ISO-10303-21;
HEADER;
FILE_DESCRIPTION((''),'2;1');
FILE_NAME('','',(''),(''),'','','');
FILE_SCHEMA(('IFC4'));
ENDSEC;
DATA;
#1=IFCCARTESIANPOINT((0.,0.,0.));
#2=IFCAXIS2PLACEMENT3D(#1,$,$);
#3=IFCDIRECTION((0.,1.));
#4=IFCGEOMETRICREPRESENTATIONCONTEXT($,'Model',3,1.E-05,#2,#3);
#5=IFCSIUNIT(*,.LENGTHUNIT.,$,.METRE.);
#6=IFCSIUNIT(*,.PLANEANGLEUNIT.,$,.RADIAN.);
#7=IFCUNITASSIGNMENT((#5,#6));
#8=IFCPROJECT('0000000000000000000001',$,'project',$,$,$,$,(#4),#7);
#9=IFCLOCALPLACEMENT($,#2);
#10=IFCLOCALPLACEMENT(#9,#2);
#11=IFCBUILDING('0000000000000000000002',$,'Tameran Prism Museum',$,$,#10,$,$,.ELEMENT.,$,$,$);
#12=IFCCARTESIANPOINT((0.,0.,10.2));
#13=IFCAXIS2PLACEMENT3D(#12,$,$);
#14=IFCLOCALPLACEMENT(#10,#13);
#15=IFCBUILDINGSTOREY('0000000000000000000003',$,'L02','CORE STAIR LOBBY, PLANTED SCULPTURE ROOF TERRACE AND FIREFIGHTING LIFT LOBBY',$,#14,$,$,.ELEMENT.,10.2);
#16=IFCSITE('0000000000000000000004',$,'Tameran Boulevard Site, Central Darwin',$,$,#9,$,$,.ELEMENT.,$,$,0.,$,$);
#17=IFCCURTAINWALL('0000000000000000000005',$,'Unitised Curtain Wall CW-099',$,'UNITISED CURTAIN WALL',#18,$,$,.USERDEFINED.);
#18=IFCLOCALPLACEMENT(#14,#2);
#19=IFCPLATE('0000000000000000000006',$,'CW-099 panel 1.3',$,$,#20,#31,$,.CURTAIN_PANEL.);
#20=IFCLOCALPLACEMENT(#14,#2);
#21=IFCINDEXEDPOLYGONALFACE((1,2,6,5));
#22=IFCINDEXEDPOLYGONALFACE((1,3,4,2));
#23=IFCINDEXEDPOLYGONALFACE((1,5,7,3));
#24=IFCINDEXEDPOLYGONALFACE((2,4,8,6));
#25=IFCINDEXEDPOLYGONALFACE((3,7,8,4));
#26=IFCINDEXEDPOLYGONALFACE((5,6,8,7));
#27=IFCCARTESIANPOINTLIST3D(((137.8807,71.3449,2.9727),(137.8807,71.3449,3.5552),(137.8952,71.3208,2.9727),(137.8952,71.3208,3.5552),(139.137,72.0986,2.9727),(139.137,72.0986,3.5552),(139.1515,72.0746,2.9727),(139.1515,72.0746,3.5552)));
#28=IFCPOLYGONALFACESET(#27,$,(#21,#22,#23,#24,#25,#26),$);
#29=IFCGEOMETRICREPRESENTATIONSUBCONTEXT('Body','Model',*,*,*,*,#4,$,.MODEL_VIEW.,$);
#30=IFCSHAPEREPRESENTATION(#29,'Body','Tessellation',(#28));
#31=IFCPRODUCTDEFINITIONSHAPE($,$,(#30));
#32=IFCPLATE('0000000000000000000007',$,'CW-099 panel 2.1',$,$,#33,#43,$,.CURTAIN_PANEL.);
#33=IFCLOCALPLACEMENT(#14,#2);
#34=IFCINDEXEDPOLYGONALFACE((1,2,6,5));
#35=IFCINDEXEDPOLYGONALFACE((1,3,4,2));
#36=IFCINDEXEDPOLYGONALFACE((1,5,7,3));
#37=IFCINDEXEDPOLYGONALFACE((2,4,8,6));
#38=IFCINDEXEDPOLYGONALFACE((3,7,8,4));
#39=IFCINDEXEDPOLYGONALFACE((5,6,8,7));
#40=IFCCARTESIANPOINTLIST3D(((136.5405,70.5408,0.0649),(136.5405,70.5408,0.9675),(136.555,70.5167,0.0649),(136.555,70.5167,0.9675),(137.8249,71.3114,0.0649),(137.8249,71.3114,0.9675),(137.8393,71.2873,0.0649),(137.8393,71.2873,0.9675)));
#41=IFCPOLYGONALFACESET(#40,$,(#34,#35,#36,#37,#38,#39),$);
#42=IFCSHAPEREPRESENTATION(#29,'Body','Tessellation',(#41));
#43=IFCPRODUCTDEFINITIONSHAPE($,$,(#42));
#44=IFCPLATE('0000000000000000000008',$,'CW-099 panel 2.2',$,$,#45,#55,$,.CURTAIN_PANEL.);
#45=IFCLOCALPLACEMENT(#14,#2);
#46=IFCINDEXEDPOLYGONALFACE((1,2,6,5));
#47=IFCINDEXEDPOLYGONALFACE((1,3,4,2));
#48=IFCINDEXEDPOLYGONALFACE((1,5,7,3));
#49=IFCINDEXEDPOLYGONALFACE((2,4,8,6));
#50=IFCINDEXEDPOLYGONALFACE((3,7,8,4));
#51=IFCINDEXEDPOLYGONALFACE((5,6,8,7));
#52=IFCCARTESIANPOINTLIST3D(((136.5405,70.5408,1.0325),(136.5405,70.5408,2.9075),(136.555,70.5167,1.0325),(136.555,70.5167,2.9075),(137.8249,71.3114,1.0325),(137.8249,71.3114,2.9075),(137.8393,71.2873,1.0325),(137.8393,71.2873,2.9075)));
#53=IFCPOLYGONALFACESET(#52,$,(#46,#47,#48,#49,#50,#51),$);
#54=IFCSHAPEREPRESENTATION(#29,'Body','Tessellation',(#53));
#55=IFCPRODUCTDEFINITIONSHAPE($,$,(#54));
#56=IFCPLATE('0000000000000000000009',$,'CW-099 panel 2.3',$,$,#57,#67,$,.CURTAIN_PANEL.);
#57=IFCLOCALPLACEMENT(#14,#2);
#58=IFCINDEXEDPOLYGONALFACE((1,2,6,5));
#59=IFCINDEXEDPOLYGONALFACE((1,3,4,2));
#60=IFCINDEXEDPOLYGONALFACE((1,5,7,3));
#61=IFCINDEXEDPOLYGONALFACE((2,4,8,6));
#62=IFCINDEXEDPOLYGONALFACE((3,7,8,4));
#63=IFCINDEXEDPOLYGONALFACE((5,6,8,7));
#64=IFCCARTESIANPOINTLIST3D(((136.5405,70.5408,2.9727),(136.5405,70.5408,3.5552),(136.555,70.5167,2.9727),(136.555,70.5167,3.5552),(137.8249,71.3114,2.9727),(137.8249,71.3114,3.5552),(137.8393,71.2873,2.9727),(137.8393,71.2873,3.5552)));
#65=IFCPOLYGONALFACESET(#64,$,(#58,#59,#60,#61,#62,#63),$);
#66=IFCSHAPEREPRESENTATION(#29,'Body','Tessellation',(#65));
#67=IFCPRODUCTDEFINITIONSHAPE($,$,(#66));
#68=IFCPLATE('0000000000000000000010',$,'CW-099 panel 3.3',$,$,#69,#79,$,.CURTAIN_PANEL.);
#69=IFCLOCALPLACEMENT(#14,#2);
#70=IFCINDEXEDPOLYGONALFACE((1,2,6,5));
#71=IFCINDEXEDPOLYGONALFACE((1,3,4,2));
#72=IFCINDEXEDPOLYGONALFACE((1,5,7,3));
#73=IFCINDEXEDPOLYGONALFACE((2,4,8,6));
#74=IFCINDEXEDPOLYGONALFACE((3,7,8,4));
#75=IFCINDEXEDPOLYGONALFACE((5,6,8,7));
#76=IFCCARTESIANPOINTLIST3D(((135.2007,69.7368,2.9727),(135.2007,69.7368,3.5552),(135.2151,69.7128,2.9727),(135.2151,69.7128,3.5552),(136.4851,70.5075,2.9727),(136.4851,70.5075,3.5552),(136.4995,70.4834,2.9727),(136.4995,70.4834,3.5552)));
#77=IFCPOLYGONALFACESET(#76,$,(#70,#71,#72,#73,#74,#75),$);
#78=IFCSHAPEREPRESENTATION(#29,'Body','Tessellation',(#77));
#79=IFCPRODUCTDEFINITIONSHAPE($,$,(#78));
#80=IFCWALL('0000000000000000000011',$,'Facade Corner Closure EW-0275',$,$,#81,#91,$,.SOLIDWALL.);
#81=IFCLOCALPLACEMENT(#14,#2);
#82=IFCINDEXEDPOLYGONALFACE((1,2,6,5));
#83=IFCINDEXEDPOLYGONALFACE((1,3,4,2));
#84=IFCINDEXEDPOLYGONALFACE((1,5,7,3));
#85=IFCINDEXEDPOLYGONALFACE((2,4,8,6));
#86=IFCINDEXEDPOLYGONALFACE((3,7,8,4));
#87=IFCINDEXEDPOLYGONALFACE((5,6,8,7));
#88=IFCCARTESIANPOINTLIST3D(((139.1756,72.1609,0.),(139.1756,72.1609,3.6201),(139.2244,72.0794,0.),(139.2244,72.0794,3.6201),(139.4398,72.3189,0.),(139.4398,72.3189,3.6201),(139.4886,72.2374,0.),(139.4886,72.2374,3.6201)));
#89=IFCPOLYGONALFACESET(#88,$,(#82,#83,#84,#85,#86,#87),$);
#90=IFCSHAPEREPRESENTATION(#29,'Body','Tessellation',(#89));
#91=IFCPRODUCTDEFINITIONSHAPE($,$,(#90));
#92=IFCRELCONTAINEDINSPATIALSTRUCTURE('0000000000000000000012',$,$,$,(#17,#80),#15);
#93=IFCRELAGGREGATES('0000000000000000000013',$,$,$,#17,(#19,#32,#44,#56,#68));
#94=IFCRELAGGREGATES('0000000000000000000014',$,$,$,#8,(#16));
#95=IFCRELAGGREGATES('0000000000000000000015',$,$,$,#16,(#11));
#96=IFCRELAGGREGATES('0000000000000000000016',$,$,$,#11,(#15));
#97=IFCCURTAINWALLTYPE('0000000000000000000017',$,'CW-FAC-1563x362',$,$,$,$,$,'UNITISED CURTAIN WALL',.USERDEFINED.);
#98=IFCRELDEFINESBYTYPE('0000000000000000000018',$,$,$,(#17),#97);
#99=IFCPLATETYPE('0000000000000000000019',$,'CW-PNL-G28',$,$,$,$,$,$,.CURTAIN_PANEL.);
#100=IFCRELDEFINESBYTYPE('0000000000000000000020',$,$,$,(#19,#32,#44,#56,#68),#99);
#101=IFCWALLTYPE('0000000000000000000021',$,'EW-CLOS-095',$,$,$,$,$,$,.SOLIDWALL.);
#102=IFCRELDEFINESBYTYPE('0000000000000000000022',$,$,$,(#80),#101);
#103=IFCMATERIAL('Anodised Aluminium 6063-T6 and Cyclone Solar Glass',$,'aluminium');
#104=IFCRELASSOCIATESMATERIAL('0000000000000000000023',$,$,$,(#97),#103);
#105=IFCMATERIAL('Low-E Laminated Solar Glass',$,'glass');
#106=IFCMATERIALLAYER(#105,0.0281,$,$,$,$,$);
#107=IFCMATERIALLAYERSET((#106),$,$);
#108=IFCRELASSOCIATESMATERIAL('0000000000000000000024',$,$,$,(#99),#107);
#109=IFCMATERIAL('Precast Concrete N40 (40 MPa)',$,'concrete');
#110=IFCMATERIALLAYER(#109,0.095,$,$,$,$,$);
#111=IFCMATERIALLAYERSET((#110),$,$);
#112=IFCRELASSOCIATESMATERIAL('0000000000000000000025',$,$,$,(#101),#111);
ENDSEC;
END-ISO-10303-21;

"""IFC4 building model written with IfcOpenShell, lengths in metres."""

from ifc_helpers import new_model, si_unit, direction, frame, frame_2d, origin, origin_2d, place, context, subcontext, project, spatial, rectangle, extrude, material, layer, layer_set, type_object, element, aggregate, save


model = new_model("IFC4")

# Units and contexts
model_context = context("Model", 3, precision=1e-05, world=origin(), true_north=direction((0.0, 1.0)))
body_context = subcontext(model_context, "Body", "Model", "MODEL_VIEW")
ifc_project = project(units=[si_unit("LENGTHUNIT", "METRE"), si_unit("PLANEANGLEUNIT", "RADIAN")], contexts=[model_context])

# Site, building, storey
site_placement = place(None, origin())
site = spatial("IfcSite", under=ifc_project, at=site_placement, Name="Tameran Boulevard Site, Central Darwin", CompositionType="ELEMENT", RefElevation=0.0)
building_placement = place(site_placement, origin())
building = spatial("IfcBuilding", under=site, at=building_placement, Name="Tameran Prism Museum", CompositionType="ELEMENT")
storey_placement = place(building_placement, frame((0.0, 0.0, 10.2)))
storey = spatial("IfcBuildingStorey", under=building, at=storey_placement, Name="L02", Description="CORE STAIR LOBBY, PLANTED SCULPTURE ROOF TERRACE AND FIREFIGHTING LIFT LOBBY", CompositionType="ELEMENT", Elevation=10.2)

# Curtain wall
ifc_material_1 = material(Name="Anodised Aluminium 6063-T6 and Cyclone Solar Glass", Category="aluminium")
curtain_wall_type = type_object("IfcCurtainWallType", Name="CW-FAC-1563x362", ElementType="UNITISED CURTAIN WALL", PredefinedType="USERDEFINED", material=ifc_material_1)
curtain_wall_placement = place(storey_placement, origin())
curtain_wall = element("IfcCurtainWall", 1, at=curtain_wall_placement, inside=storey, type_object=curtain_wall_type, Name="Unitised Curtain Wall CW-099", ObjectType="UNITISED CURTAIN WALL", PredefinedType="USERDEFINED")

# Plates
ifc_material_2 = material(Name="Low-E Laminated Solar Glass", Category="glass")
ifc_layer_1 = layer(ifc_material_2, 0.0281)
ifc_layer_set_1 = layer_set([ifc_layer_1])
plate_type = type_object("IfcPlateType", Name="CW-PNL-G28", PredefinedType="CURTAIN_PANEL", material=ifc_layer_set_1)
plate_1_placement = place(storey_placement, frame((138.5161, 71.7097, 2.9727), z_axis=(0.0, 0.0, 1.0), x_axis=(-0.857493, -0.514496, 0.0)))
plate_1 = element("IfcPlate", 2, at=plate_1_placement, type_object=plate_type, Name="CW-099 panel 1.3", PredefinedType="CURTAIN_PANEL", context=body_context, shape_type="SweptSolid", body=[
    extrude(rectangle(XDim=1.4651, YDim=0.0281, at=origin_2d()), origin(), (0.0, 0.0, 1.0), 0.5825),
])
plate_2_placement = place(storey_placement, frame((137.1899, 70.9141, 0.0649), z_axis=(0.0, 0.0, 1.0), x_axis=(-0.857493, -0.514496, 0.0)))
plate_2 = element("IfcPlate", 3, at=plate_2_placement, type_object=plate_type, Name="CW-099 panel 2.1", PredefinedType="CURTAIN_PANEL", context=body_context, shape_type="SweptSolid", body=[
    extrude(rectangle(XDim=1.4978, YDim=0.0281, at=origin_2d()), origin(), (0.0, 0.0, 1.0), 0.9026),
])
plate_3_placement = place(storey_placement, frame((137.1899, 70.9141, 1.0325), z_axis=(0.0, 0.0, 1.0), x_axis=(-0.857493, -0.514496, 0.0)))
plate_3 = element("IfcPlate", 4, at=plate_3_placement, type_object=plate_type, Name="CW-099 panel 2.2", PredefinedType="CURTAIN_PANEL", context=body_context, shape_type="SweptSolid", body=[
    extrude(rectangle(XDim=1.4978, YDim=0.0281, at=origin_2d()), origin(), (0.0, 0.0, 1.0), 1.875),
])
plate_4_placement = place(storey_placement, frame((137.1899, 70.9141, 2.9727), z_axis=(0.0, 0.0, 1.0), x_axis=(-0.857493, -0.514496, 0.0)))
plate_4 = element("IfcPlate", 5, at=plate_4_placement, type_object=plate_type, Name="CW-099 panel 2.3", PredefinedType="CURTAIN_PANEL", context=body_context, shape_type="SweptSolid", body=[
    extrude(rectangle(XDim=1.4978, YDim=0.0281, at=origin_2d()), origin(), (0.0, 0.0, 1.0), 0.5825),
])
plate_5_placement = place(storey_placement, frame((135.8501, 70.1101, 2.9727), z_axis=(0.0, 0.0, 1.0), x_axis=(-0.857493, -0.514496, 0.0)))
plate_5 = element("IfcPlate", 6, at=plate_5_placement, type_object=plate_type, Name="CW-099 panel 3.3", PredefinedType="CURTAIN_PANEL", context=body_context, shape_type="SweptSolid", body=[
    extrude(rectangle(XDim=1.4978, YDim=0.0281, at=origin_2d()), origin(), (0.0, 0.0, 1.0), 0.5825),
])
aggregate(curtain_wall, [plate_1, plate_2, plate_3, plate_4, plate_5])

# Wall
ifc_material_3 = material(Name="Precast Concrete N40 (40 MPa)", Category="concrete")
ifc_layer_2 = layer(ifc_material_3, 0.095)
ifc_layer_set_2 = layer_set([ifc_layer_2])
wall_type = type_object("IfcWallType", Name="EW-CLOS-095", PredefinedType="SOLIDWALL", material=ifc_layer_set_2)
wall_placement = place(storey_placement, frame((139.4641, 72.2781, 0.0), z_axis=(0.0, 0.0, 1.0), x_axis=(-0.858262, -0.513212, 0.0)))
element("IfcWall", 7, at=wall_placement, inside=storey, type_object=wall_type, Name="Facade Corner Closure EW-0275", PredefinedType="SOLIDWALL", context=body_context, shape_type="SweptSolid", body=[
    extrude(rectangle(XDim=0.3079, YDim=0.095, at=frame_2d((0.1538, 0.0))), origin(), (0.0, 0.0, 1.0), 3.6201),
])

save(model, "model.ifc")
